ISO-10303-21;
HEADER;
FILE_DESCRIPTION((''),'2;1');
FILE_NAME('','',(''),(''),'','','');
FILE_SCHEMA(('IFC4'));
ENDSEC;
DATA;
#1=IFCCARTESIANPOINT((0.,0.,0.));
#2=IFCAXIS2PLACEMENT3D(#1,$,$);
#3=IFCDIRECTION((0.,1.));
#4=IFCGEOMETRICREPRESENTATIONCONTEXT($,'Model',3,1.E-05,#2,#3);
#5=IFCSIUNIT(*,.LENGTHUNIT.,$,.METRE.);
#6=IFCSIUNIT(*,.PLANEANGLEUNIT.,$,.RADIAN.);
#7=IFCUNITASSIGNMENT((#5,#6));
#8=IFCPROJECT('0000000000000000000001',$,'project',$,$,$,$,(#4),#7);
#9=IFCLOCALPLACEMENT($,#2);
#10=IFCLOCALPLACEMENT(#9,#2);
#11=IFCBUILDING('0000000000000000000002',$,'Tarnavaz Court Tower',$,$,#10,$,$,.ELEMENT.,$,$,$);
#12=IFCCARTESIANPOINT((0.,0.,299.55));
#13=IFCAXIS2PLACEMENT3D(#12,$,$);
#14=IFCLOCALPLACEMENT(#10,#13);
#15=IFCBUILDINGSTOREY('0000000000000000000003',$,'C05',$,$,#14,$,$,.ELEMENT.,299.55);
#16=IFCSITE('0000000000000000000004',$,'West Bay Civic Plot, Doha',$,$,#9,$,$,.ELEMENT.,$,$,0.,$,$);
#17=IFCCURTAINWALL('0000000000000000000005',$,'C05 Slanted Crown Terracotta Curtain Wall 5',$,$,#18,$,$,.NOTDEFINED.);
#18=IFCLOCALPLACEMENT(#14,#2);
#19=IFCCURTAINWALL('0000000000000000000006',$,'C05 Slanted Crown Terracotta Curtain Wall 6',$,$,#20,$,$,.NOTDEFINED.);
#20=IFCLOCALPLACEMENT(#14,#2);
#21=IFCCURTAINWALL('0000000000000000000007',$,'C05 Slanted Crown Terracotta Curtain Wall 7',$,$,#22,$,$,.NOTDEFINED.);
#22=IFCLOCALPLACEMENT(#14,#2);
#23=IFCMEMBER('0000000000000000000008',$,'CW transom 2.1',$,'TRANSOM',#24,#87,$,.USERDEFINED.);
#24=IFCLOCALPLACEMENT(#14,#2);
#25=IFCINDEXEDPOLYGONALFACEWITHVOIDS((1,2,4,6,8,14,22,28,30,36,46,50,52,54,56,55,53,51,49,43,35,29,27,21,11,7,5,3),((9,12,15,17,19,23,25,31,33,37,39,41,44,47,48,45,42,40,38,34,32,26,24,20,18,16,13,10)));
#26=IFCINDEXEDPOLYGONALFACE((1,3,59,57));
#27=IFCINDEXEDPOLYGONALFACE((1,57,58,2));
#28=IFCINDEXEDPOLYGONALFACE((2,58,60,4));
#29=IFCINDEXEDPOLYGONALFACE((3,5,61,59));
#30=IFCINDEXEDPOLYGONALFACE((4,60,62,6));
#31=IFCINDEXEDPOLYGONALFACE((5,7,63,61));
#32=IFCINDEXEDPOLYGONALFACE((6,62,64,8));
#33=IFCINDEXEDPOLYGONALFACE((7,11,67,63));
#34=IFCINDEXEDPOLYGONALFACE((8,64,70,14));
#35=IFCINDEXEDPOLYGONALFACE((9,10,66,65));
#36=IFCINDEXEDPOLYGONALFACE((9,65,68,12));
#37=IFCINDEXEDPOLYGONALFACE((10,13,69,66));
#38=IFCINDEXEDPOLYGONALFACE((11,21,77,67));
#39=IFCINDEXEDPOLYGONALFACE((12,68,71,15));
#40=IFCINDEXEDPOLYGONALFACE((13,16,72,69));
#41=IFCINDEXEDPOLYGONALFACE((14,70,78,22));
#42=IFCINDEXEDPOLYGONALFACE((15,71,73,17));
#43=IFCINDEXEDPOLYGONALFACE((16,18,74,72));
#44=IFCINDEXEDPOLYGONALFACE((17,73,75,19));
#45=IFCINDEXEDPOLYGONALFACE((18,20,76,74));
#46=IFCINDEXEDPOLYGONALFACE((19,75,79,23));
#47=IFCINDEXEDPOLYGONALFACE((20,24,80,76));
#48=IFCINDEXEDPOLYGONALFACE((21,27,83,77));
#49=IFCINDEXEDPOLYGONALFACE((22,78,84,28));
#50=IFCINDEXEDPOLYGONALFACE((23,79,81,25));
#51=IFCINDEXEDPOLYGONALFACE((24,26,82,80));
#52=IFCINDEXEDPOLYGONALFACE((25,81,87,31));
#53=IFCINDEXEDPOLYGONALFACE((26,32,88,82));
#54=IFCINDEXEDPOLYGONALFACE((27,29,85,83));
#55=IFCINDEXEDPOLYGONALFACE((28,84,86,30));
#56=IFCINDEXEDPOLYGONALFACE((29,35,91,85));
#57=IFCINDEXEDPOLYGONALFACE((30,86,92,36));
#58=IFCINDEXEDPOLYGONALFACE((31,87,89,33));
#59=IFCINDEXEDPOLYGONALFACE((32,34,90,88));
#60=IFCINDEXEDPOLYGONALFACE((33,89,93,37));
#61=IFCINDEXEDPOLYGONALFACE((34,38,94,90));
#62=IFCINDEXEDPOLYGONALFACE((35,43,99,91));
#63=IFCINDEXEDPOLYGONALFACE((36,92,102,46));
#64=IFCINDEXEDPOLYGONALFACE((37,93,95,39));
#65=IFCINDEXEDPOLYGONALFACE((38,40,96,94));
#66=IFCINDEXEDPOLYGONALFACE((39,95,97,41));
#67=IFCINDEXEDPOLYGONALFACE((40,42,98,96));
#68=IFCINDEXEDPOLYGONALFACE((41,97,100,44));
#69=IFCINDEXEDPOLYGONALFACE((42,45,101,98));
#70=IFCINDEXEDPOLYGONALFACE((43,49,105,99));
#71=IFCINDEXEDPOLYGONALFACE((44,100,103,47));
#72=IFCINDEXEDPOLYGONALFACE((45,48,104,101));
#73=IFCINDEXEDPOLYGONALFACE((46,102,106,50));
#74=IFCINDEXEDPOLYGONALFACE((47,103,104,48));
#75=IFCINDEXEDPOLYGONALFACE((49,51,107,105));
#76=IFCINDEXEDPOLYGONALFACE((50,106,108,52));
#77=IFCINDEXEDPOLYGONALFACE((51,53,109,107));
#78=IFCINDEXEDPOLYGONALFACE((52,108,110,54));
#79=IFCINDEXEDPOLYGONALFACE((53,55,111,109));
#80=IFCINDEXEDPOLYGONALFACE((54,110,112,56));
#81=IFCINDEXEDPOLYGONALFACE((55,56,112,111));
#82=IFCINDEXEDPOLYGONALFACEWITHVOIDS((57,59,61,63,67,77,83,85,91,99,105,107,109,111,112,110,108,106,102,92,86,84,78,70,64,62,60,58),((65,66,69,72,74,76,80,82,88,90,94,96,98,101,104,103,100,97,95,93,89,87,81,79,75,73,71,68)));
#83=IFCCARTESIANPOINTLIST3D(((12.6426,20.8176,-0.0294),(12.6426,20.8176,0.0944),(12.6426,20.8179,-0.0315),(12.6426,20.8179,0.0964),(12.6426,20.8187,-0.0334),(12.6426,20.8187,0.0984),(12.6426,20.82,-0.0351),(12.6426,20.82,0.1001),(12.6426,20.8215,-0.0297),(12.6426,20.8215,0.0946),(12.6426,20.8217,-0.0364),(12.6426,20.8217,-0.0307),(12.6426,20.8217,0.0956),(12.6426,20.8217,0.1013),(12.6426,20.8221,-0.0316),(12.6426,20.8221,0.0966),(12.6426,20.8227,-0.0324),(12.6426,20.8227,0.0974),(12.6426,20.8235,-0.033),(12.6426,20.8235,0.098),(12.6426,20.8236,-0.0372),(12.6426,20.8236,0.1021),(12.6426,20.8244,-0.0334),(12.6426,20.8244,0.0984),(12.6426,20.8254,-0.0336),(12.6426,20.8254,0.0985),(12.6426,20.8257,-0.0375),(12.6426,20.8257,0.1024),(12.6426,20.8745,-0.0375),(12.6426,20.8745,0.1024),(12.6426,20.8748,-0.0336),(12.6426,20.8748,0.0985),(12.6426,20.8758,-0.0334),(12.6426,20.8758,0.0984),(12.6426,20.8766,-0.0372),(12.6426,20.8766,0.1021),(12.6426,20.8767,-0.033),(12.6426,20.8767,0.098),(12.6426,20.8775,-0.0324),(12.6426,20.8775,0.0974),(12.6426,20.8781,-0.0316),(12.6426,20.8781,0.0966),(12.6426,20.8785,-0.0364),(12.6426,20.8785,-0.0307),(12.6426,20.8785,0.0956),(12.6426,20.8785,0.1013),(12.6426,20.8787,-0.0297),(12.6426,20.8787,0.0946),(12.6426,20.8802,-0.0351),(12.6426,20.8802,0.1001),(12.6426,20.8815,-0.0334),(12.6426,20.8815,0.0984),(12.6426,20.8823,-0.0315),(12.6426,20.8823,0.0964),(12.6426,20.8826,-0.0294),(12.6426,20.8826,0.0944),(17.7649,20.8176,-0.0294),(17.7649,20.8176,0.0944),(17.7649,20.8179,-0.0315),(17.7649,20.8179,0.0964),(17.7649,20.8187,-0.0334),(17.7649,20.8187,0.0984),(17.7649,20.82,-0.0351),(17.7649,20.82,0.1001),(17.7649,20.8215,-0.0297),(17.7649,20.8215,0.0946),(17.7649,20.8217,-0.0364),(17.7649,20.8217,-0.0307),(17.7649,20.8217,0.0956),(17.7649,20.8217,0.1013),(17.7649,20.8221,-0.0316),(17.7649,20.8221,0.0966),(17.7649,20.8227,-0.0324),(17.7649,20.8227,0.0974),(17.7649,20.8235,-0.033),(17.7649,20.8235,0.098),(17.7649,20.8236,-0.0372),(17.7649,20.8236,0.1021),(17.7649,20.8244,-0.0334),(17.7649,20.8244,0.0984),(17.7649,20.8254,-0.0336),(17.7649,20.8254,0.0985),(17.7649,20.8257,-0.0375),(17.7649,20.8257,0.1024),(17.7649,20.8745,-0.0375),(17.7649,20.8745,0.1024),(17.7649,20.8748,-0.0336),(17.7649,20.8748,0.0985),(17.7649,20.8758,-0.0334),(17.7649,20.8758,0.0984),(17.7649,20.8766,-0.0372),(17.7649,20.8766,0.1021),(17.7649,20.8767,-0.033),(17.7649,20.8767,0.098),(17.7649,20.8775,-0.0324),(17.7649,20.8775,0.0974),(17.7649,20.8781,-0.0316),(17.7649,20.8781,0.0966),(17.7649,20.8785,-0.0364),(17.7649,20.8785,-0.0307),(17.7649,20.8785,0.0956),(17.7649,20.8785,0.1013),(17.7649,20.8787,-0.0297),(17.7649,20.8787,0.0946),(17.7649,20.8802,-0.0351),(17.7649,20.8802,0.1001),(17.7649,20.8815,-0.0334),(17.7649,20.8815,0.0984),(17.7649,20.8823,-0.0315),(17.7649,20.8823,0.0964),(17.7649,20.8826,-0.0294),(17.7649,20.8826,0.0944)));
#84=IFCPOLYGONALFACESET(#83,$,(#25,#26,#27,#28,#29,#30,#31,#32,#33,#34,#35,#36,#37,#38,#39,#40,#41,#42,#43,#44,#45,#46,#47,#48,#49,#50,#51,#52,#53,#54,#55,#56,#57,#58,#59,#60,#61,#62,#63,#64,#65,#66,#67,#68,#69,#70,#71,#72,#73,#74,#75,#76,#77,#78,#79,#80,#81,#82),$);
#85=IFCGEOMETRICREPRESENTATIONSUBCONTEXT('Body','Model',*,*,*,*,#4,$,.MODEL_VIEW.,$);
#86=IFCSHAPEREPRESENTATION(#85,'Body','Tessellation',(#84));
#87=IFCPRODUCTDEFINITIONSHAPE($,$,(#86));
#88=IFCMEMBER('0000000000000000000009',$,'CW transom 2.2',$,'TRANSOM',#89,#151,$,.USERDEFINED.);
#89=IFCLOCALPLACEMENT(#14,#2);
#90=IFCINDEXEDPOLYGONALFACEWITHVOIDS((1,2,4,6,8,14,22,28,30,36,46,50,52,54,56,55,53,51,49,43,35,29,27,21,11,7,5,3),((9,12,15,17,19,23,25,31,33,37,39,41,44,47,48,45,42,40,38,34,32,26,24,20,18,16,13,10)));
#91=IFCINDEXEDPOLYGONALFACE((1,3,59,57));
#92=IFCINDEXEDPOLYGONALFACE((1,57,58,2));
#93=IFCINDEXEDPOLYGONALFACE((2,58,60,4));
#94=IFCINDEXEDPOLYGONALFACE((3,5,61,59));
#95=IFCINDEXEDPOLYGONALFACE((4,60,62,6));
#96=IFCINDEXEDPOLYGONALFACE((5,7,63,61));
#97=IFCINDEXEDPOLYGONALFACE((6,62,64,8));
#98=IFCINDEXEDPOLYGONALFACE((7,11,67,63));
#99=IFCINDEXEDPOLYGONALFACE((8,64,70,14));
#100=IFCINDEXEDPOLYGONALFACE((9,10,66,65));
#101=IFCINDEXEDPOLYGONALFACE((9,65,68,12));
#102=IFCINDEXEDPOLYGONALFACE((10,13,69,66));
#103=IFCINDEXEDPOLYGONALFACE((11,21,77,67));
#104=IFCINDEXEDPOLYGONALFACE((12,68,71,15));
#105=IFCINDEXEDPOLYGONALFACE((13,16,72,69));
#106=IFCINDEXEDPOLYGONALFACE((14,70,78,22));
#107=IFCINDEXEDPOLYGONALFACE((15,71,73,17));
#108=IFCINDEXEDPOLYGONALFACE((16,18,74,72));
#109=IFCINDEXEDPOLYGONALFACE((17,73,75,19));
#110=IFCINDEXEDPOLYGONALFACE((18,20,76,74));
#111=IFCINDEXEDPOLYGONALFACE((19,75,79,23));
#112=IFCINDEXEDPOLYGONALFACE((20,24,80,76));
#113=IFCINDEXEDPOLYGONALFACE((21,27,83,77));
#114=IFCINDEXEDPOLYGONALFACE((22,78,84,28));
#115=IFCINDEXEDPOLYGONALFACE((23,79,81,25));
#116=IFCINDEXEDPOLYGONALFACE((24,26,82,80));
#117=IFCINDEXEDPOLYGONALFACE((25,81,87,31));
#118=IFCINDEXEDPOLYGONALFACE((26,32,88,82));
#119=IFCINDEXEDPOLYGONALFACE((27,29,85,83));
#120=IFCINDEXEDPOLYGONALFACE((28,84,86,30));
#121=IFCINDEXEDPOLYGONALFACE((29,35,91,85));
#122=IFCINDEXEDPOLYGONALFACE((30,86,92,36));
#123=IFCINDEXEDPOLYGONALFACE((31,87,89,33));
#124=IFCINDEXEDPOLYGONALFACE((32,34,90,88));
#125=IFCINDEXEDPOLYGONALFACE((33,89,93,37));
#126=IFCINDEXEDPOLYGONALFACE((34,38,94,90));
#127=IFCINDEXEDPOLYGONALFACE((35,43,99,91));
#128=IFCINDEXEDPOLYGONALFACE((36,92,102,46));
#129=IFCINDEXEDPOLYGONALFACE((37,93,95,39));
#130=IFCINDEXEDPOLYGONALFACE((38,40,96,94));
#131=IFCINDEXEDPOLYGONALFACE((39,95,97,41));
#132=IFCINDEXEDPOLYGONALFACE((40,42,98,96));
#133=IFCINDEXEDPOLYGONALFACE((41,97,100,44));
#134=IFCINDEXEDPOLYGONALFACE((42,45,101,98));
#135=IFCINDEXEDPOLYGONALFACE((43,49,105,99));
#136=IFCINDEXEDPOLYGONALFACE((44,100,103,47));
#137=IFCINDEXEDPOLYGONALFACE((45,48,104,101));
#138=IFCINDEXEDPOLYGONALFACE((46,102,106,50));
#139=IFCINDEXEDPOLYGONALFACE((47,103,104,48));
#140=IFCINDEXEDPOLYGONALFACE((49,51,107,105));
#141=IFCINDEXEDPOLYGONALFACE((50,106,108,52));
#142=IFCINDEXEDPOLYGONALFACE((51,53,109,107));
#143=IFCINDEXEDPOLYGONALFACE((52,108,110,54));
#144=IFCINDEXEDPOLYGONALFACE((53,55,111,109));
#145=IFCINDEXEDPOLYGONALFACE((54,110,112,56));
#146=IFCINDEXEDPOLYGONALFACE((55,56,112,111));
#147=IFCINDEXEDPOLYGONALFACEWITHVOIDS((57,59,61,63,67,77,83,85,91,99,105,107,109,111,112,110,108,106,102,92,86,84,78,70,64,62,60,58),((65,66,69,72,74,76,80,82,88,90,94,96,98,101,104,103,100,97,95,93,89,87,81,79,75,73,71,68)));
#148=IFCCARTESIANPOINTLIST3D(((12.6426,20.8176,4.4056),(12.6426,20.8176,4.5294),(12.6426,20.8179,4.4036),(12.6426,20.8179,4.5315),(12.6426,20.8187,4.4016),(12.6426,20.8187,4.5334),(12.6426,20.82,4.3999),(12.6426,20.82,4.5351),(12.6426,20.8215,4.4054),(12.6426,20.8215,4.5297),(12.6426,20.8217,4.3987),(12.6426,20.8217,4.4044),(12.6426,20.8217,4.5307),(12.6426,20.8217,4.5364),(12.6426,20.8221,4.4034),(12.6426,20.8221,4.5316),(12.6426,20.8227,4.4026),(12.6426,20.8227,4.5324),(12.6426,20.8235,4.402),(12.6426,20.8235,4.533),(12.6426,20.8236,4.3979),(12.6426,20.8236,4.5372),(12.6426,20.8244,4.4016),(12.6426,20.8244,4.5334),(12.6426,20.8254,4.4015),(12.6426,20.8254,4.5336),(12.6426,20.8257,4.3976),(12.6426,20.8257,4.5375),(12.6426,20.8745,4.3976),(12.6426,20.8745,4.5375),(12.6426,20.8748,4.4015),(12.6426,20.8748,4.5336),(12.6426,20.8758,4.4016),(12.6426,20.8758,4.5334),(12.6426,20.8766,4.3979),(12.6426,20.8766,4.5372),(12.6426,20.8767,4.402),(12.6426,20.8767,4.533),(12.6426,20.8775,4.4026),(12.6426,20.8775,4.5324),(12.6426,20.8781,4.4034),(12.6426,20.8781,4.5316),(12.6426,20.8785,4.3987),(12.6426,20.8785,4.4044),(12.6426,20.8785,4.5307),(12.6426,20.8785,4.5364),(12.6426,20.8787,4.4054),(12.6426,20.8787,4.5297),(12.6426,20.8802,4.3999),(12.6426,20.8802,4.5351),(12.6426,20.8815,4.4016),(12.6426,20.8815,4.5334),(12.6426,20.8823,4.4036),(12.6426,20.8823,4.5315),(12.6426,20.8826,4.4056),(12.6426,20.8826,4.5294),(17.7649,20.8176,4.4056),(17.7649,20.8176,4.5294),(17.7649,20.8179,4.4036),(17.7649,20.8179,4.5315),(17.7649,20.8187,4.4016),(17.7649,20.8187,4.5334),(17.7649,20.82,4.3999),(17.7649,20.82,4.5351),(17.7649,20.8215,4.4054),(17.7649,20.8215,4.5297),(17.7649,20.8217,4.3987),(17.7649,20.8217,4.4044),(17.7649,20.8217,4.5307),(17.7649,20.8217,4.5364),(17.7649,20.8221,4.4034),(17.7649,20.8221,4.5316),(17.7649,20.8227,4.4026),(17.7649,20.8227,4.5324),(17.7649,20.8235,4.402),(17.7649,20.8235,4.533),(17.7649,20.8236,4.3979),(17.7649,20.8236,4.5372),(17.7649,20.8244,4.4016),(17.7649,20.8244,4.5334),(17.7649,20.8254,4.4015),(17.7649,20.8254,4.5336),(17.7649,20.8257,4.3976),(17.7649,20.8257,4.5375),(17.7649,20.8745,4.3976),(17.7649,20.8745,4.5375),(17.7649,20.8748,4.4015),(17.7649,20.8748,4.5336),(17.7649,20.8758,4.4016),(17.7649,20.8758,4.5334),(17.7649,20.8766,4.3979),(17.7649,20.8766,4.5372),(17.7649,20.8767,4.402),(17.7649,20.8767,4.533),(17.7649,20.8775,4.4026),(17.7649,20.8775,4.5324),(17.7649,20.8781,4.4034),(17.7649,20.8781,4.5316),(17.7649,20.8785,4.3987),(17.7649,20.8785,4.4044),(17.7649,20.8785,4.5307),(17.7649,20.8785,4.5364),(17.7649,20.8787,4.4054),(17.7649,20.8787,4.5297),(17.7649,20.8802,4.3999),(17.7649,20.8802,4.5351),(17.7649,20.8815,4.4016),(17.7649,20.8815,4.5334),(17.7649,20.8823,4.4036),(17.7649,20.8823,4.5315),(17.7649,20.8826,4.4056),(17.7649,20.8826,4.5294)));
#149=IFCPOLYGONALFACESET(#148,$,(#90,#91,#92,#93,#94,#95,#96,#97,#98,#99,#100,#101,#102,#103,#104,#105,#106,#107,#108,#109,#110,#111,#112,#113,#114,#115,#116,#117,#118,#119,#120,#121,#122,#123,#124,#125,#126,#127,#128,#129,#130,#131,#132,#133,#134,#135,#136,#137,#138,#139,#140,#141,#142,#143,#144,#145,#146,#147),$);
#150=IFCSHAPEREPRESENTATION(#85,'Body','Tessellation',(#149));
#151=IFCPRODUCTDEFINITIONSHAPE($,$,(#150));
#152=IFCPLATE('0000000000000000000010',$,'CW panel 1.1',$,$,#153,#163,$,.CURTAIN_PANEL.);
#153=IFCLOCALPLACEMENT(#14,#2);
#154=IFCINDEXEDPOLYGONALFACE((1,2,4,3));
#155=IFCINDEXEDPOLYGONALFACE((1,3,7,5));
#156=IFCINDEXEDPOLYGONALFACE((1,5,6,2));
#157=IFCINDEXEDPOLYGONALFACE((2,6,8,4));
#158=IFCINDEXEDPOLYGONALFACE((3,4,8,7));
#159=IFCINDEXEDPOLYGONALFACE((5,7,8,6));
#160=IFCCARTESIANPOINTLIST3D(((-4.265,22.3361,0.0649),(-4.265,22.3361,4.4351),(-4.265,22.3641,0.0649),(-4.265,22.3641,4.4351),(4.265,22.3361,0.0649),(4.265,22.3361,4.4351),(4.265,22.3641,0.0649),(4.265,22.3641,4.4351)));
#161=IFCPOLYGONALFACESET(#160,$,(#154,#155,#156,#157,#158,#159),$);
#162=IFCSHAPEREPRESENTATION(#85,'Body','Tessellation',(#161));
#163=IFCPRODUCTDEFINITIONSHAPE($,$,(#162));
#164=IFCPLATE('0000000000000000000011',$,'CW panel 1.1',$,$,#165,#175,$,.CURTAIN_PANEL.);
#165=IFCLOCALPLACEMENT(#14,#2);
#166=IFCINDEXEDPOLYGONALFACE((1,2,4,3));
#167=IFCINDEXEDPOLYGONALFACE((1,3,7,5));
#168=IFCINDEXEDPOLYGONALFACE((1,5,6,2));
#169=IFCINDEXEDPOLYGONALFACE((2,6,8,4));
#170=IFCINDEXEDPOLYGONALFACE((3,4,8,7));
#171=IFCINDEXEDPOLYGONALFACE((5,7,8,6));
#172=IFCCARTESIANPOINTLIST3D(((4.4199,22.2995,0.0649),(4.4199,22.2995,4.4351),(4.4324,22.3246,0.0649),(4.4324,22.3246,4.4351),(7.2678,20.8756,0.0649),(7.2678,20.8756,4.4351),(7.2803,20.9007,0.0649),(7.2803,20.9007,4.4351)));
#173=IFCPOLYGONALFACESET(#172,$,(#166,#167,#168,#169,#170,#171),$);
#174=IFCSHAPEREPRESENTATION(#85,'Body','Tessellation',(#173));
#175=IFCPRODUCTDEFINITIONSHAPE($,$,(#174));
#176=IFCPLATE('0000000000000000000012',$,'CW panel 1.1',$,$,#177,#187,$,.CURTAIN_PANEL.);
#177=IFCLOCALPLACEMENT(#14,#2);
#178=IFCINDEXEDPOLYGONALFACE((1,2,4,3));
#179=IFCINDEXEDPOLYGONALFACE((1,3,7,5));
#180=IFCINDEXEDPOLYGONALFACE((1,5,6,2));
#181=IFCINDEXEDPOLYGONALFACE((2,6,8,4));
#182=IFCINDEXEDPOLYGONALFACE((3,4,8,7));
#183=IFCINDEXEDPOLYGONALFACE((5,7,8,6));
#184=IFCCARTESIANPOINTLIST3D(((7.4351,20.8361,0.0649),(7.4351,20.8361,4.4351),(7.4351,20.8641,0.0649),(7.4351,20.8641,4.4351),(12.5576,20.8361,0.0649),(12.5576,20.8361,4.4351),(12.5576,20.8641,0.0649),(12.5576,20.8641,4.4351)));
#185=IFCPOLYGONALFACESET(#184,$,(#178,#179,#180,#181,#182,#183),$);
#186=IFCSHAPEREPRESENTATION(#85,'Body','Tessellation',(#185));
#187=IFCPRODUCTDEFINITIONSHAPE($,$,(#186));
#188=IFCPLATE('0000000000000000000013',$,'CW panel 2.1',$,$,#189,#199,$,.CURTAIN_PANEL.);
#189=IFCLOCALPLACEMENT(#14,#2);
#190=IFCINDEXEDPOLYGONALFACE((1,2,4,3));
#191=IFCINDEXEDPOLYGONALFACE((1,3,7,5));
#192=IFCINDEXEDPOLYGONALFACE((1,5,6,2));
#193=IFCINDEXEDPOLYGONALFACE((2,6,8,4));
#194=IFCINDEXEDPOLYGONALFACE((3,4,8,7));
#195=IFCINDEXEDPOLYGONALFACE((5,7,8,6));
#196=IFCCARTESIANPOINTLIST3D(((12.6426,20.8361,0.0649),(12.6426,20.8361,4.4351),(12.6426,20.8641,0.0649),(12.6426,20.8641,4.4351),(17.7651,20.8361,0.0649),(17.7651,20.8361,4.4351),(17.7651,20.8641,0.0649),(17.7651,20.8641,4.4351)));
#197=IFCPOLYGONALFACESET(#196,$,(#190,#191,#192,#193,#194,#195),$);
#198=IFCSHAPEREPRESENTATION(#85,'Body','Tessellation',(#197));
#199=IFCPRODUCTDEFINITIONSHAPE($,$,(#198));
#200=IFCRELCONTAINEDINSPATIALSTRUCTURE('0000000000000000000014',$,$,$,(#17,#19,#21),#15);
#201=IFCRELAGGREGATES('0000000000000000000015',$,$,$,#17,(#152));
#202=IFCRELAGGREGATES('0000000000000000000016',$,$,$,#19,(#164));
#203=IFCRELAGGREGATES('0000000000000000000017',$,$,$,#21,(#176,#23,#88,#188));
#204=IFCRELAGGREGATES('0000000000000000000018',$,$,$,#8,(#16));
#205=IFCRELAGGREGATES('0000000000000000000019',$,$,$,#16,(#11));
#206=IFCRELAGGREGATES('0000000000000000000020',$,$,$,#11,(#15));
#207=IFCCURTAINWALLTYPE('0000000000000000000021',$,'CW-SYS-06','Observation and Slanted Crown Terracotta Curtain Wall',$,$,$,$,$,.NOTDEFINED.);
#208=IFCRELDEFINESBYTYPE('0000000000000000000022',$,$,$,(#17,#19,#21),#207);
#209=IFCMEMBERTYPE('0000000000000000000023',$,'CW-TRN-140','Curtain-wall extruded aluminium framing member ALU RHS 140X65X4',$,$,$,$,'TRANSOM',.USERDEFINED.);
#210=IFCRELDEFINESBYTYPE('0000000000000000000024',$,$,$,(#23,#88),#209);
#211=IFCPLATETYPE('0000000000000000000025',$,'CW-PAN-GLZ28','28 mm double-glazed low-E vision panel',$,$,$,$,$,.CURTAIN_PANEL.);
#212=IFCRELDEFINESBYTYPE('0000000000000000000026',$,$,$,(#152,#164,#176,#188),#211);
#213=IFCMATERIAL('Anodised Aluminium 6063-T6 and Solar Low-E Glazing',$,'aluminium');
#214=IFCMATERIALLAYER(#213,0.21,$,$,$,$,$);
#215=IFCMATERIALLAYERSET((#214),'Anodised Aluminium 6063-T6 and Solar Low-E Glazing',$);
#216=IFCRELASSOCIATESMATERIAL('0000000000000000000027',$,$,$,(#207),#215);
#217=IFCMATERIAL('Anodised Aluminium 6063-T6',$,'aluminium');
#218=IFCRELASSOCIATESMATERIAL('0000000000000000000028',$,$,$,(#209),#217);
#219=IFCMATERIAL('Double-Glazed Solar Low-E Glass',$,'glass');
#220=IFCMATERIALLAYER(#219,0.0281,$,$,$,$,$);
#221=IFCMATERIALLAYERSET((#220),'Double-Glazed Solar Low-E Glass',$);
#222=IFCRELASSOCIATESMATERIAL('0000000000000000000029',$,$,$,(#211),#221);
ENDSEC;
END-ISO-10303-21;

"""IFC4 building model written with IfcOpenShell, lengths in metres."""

from ifc_helpers import new_model, si_unit, direction, frame, origin, origin_2d, place, context, subcontext, project, spatial, rectangle, hollow_rectangle, extrude, material, layer, layer_set, material_profile, profile_set, type_object, element, aggregate, save


model = new_model("IFC4")

# Units and contexts
model_context = context("Model", 3, precision=1e-05, world=origin(), true_north=direction((0.0, 1.0)))
body_context = subcontext(model_context, "Body", "Model", "MODEL_VIEW")
ifc_project = project(units=[si_unit("LENGTHUNIT", "METRE"), si_unit("PLANEANGLEUNIT", "RADIAN")], contexts=[model_context])

# Site, building, storey
site_placement = place(None, origin())
site = spatial("IfcSite", under=ifc_project, at=site_placement, Name="West Bay Civic Plot, Doha", CompositionType="ELEMENT", RefElevation=0.0)
building_placement = place(site_placement, origin())
building = spatial("IfcBuilding", under=site, at=building_placement, Name="Tarnavaz Court Tower", CompositionType="ELEMENT")
storey_placement = place(building_placement, frame((0.0, 0.0, 299.55)))
storey = spatial("IfcBuildingStorey", under=building, at=storey_placement, Name="C05", CompositionType="ELEMENT", Elevation=299.55)

# Curtain wall
ifc_material_1 = material(Name="Anodised Aluminium 6063-T6 and Solar Low-E Glazing", Category="aluminium")
ifc_layer_1 = layer(ifc_material_1, 0.21)
ifc_layer_set_1 = layer_set([ifc_layer_1], Name="Anodised Aluminium 6063-T6 and Solar Low-E Glazing")
curtain_wall_type = type_object("IfcCurtainWallType", Name="CW-SYS-06", Description="Observation and Slanted Crown Terracotta Curtain Wall", PredefinedType="NOTDEFINED", material=ifc_layer_set_1)
curtain_wall_1_placement = place(storey_placement, origin())
curtain_wall_1 = element("IfcCurtainWall", 1, at=curtain_wall_1_placement, inside=storey, type_object=curtain_wall_type, Name="C05 Slanted Crown Terracotta Curtain Wall 5", PredefinedType="NOTDEFINED")
ifc_material_2 = material(Name="Anodised Aluminium 6063-T6", Category="aluminium")

# Curtain walls
curtain_wall_2_placement = place(storey_placement, origin())
curtain_wall_2 = element("IfcCurtainWall", 2, at=curtain_wall_2_placement, inside=storey, type_object=curtain_wall_type, Name="C05 Slanted Crown Terracotta Curtain Wall 6", PredefinedType="NOTDEFINED")
curtain_wall_3_placement = place(storey_placement, origin())
curtain_wall_3 = element("IfcCurtainWall", 3, at=curtain_wall_3_placement, inside=storey, type_object=curtain_wall_type, Name="C05 Slanted Crown Terracotta Curtain Wall 7", PredefinedType="NOTDEFINED")

# Members
ifc_material_profile_1 = material_profile(ifc_material_2, hollow_rectangle(XDim=0.0649, YDim=0.1399, WallThickness=0.0039, InnerFilletRadius=0.0039, OuterFilletRadius=0.0081, at=origin_2d()), Name="ALU RHS 140X65X4")
ifc_profile_set_1 = profile_set([ifc_material_profile_1], Name="Anodised Aluminium 6063-T6")
member_type_1 = type_object("IfcMemberType", Name="CW-TRN-140", Description="Curtain-wall extruded aluminium framing member ALU RHS 140X65X4", ElementType="TRANSOM", PredefinedType="USERDEFINED", material=ifc_profile_set_1)
member_1_placement = place(storey_placement, frame((12.6426, 20.8501, 0.0325), z_axis=(1.0, 0.0, 0.0), x_axis=(0.0, 1.0, 0.0)))
member_1 = element("IfcMember", 4, at=member_1_placement, type_object=member_type_1, Name="CW transom 2.1", ObjectType="TRANSOM", PredefinedType="USERDEFINED", context=body_context, shape_type="SweptSolid", body=[
    extrude(hollow_rectangle(XDim=0.0649, YDim=0.1399, WallThickness=0.0039, InnerFilletRadius=0.0039, OuterFilletRadius=0.0081, at=origin_2d()), origin(), (0.0, 0.0, 1.0), 5.1223),
])
member_2_placement = place(storey_placement, frame((12.6426, 20.8501, 4.4675), z_axis=(1.0, 0.0, 0.0), x_axis=(0.0, 1.0, 0.0)))
member_2 = element("IfcMember", 5, at=member_2_placement, type_object=member_type_1, Name="CW transom 2.2", ObjectType="TRANSOM", PredefinedType="USERDEFINED", context=body_context, shape_type="SweptSolid", body=[
    extrude(hollow_rectangle(XDim=0.0649, YDim=0.1399, WallThickness=0.0039, InnerFilletRadius=0.0039, OuterFilletRadius=0.0081, at=origin_2d()), origin(), (0.0, 0.0, 1.0), 5.1223),
])

# Plates
ifc_material_3 = material(Name="Double-Glazed Solar Low-E Glass", Category="glass")
ifc_layer_2 = layer(ifc_material_3, 0.0281)
ifc_layer_set_2 = layer_set([ifc_layer_2], Name="Double-Glazed Solar Low-E Glass")
plate_type = type_object("IfcPlateType", Name="CW-PAN-GLZ28", Description="28 mm double-glazed low-E vision panel", PredefinedType="CURTAIN_PANEL", material=ifc_layer_set_2)
plate_1_placement = place(storey_placement, frame((0.0, 22.3501, 0.0649), z_axis=(0.0, 0.0, 1.0), x_axis=(1.0, 0.0, 0.0)))
plate_1 = element("IfcPlate", 6, at=plate_1_placement, type_object=plate_type, Name="CW panel 1.1", PredefinedType="CURTAIN_PANEL", context=body_context, shape_type="SweptSolid", body=[
    extrude(rectangle(XDim=8.53, YDim=0.0281, at=origin_2d()), origin(), (0.0, 0.0, 1.0), 4.3701),
])
aggregate(curtain_wall_1, [plate_1])
plate_2_placement = place(storey_placement, frame((5.8501, 21.6001, 0.0649), z_axis=(0.0, 0.0, 1.0), x_axis=(0.894427, -0.447214, 0.0)))
plate_2 = element("IfcPlate", 7, at=plate_2_placement, type_object=plate_type, Name="CW panel 1.1", PredefinedType="CURTAIN_PANEL", context=body_context, shape_type="SweptSolid", body=[
    extrude(rectangle(XDim=3.1841, YDim=0.0281, at=origin_2d()), origin(), (0.0, 0.0, 1.0), 4.3701),
])
aggregate(curtain_wall_2, [plate_2])
plate_3_placement = place(storey_placement, frame((9.9963, 20.8501, 0.0649), z_axis=(0.0, 0.0, 1.0), x_axis=(1.0, 0.0, 0.0)))
plate_3 = element("IfcPlate", 8, at=plate_3_placement, type_object=plate_type, Name="CW panel 1.1", PredefinedType="CURTAIN_PANEL", context=body_context, shape_type="SweptSolid", body=[
    extrude(rectangle(XDim=5.1226, YDim=0.0281, at=origin_2d()), origin(), (0.0, 0.0, 1.0), 4.3701),
])
plate_4_placement = place(storey_placement, frame((15.2039, 20.8501, 0.0649), z_axis=(0.0, 0.0, 1.0), x_axis=(1.0, 0.0, 0.0)))
plate_4 = element("IfcPlate", 9, at=plate_4_placement, type_object=plate_type, Name="CW panel 2.1", PredefinedType="CURTAIN_PANEL", context=body_context, shape_type="SweptSolid", body=[
    extrude(rectangle(XDim=5.1226, YDim=0.0281, at=origin_2d()), origin(), (0.0, 0.0, 1.0), 4.3701),
])
aggregate(curtain_wall_3, [plate_3, member_1, member_2, plate_4])

save(model, "model.ifc")
